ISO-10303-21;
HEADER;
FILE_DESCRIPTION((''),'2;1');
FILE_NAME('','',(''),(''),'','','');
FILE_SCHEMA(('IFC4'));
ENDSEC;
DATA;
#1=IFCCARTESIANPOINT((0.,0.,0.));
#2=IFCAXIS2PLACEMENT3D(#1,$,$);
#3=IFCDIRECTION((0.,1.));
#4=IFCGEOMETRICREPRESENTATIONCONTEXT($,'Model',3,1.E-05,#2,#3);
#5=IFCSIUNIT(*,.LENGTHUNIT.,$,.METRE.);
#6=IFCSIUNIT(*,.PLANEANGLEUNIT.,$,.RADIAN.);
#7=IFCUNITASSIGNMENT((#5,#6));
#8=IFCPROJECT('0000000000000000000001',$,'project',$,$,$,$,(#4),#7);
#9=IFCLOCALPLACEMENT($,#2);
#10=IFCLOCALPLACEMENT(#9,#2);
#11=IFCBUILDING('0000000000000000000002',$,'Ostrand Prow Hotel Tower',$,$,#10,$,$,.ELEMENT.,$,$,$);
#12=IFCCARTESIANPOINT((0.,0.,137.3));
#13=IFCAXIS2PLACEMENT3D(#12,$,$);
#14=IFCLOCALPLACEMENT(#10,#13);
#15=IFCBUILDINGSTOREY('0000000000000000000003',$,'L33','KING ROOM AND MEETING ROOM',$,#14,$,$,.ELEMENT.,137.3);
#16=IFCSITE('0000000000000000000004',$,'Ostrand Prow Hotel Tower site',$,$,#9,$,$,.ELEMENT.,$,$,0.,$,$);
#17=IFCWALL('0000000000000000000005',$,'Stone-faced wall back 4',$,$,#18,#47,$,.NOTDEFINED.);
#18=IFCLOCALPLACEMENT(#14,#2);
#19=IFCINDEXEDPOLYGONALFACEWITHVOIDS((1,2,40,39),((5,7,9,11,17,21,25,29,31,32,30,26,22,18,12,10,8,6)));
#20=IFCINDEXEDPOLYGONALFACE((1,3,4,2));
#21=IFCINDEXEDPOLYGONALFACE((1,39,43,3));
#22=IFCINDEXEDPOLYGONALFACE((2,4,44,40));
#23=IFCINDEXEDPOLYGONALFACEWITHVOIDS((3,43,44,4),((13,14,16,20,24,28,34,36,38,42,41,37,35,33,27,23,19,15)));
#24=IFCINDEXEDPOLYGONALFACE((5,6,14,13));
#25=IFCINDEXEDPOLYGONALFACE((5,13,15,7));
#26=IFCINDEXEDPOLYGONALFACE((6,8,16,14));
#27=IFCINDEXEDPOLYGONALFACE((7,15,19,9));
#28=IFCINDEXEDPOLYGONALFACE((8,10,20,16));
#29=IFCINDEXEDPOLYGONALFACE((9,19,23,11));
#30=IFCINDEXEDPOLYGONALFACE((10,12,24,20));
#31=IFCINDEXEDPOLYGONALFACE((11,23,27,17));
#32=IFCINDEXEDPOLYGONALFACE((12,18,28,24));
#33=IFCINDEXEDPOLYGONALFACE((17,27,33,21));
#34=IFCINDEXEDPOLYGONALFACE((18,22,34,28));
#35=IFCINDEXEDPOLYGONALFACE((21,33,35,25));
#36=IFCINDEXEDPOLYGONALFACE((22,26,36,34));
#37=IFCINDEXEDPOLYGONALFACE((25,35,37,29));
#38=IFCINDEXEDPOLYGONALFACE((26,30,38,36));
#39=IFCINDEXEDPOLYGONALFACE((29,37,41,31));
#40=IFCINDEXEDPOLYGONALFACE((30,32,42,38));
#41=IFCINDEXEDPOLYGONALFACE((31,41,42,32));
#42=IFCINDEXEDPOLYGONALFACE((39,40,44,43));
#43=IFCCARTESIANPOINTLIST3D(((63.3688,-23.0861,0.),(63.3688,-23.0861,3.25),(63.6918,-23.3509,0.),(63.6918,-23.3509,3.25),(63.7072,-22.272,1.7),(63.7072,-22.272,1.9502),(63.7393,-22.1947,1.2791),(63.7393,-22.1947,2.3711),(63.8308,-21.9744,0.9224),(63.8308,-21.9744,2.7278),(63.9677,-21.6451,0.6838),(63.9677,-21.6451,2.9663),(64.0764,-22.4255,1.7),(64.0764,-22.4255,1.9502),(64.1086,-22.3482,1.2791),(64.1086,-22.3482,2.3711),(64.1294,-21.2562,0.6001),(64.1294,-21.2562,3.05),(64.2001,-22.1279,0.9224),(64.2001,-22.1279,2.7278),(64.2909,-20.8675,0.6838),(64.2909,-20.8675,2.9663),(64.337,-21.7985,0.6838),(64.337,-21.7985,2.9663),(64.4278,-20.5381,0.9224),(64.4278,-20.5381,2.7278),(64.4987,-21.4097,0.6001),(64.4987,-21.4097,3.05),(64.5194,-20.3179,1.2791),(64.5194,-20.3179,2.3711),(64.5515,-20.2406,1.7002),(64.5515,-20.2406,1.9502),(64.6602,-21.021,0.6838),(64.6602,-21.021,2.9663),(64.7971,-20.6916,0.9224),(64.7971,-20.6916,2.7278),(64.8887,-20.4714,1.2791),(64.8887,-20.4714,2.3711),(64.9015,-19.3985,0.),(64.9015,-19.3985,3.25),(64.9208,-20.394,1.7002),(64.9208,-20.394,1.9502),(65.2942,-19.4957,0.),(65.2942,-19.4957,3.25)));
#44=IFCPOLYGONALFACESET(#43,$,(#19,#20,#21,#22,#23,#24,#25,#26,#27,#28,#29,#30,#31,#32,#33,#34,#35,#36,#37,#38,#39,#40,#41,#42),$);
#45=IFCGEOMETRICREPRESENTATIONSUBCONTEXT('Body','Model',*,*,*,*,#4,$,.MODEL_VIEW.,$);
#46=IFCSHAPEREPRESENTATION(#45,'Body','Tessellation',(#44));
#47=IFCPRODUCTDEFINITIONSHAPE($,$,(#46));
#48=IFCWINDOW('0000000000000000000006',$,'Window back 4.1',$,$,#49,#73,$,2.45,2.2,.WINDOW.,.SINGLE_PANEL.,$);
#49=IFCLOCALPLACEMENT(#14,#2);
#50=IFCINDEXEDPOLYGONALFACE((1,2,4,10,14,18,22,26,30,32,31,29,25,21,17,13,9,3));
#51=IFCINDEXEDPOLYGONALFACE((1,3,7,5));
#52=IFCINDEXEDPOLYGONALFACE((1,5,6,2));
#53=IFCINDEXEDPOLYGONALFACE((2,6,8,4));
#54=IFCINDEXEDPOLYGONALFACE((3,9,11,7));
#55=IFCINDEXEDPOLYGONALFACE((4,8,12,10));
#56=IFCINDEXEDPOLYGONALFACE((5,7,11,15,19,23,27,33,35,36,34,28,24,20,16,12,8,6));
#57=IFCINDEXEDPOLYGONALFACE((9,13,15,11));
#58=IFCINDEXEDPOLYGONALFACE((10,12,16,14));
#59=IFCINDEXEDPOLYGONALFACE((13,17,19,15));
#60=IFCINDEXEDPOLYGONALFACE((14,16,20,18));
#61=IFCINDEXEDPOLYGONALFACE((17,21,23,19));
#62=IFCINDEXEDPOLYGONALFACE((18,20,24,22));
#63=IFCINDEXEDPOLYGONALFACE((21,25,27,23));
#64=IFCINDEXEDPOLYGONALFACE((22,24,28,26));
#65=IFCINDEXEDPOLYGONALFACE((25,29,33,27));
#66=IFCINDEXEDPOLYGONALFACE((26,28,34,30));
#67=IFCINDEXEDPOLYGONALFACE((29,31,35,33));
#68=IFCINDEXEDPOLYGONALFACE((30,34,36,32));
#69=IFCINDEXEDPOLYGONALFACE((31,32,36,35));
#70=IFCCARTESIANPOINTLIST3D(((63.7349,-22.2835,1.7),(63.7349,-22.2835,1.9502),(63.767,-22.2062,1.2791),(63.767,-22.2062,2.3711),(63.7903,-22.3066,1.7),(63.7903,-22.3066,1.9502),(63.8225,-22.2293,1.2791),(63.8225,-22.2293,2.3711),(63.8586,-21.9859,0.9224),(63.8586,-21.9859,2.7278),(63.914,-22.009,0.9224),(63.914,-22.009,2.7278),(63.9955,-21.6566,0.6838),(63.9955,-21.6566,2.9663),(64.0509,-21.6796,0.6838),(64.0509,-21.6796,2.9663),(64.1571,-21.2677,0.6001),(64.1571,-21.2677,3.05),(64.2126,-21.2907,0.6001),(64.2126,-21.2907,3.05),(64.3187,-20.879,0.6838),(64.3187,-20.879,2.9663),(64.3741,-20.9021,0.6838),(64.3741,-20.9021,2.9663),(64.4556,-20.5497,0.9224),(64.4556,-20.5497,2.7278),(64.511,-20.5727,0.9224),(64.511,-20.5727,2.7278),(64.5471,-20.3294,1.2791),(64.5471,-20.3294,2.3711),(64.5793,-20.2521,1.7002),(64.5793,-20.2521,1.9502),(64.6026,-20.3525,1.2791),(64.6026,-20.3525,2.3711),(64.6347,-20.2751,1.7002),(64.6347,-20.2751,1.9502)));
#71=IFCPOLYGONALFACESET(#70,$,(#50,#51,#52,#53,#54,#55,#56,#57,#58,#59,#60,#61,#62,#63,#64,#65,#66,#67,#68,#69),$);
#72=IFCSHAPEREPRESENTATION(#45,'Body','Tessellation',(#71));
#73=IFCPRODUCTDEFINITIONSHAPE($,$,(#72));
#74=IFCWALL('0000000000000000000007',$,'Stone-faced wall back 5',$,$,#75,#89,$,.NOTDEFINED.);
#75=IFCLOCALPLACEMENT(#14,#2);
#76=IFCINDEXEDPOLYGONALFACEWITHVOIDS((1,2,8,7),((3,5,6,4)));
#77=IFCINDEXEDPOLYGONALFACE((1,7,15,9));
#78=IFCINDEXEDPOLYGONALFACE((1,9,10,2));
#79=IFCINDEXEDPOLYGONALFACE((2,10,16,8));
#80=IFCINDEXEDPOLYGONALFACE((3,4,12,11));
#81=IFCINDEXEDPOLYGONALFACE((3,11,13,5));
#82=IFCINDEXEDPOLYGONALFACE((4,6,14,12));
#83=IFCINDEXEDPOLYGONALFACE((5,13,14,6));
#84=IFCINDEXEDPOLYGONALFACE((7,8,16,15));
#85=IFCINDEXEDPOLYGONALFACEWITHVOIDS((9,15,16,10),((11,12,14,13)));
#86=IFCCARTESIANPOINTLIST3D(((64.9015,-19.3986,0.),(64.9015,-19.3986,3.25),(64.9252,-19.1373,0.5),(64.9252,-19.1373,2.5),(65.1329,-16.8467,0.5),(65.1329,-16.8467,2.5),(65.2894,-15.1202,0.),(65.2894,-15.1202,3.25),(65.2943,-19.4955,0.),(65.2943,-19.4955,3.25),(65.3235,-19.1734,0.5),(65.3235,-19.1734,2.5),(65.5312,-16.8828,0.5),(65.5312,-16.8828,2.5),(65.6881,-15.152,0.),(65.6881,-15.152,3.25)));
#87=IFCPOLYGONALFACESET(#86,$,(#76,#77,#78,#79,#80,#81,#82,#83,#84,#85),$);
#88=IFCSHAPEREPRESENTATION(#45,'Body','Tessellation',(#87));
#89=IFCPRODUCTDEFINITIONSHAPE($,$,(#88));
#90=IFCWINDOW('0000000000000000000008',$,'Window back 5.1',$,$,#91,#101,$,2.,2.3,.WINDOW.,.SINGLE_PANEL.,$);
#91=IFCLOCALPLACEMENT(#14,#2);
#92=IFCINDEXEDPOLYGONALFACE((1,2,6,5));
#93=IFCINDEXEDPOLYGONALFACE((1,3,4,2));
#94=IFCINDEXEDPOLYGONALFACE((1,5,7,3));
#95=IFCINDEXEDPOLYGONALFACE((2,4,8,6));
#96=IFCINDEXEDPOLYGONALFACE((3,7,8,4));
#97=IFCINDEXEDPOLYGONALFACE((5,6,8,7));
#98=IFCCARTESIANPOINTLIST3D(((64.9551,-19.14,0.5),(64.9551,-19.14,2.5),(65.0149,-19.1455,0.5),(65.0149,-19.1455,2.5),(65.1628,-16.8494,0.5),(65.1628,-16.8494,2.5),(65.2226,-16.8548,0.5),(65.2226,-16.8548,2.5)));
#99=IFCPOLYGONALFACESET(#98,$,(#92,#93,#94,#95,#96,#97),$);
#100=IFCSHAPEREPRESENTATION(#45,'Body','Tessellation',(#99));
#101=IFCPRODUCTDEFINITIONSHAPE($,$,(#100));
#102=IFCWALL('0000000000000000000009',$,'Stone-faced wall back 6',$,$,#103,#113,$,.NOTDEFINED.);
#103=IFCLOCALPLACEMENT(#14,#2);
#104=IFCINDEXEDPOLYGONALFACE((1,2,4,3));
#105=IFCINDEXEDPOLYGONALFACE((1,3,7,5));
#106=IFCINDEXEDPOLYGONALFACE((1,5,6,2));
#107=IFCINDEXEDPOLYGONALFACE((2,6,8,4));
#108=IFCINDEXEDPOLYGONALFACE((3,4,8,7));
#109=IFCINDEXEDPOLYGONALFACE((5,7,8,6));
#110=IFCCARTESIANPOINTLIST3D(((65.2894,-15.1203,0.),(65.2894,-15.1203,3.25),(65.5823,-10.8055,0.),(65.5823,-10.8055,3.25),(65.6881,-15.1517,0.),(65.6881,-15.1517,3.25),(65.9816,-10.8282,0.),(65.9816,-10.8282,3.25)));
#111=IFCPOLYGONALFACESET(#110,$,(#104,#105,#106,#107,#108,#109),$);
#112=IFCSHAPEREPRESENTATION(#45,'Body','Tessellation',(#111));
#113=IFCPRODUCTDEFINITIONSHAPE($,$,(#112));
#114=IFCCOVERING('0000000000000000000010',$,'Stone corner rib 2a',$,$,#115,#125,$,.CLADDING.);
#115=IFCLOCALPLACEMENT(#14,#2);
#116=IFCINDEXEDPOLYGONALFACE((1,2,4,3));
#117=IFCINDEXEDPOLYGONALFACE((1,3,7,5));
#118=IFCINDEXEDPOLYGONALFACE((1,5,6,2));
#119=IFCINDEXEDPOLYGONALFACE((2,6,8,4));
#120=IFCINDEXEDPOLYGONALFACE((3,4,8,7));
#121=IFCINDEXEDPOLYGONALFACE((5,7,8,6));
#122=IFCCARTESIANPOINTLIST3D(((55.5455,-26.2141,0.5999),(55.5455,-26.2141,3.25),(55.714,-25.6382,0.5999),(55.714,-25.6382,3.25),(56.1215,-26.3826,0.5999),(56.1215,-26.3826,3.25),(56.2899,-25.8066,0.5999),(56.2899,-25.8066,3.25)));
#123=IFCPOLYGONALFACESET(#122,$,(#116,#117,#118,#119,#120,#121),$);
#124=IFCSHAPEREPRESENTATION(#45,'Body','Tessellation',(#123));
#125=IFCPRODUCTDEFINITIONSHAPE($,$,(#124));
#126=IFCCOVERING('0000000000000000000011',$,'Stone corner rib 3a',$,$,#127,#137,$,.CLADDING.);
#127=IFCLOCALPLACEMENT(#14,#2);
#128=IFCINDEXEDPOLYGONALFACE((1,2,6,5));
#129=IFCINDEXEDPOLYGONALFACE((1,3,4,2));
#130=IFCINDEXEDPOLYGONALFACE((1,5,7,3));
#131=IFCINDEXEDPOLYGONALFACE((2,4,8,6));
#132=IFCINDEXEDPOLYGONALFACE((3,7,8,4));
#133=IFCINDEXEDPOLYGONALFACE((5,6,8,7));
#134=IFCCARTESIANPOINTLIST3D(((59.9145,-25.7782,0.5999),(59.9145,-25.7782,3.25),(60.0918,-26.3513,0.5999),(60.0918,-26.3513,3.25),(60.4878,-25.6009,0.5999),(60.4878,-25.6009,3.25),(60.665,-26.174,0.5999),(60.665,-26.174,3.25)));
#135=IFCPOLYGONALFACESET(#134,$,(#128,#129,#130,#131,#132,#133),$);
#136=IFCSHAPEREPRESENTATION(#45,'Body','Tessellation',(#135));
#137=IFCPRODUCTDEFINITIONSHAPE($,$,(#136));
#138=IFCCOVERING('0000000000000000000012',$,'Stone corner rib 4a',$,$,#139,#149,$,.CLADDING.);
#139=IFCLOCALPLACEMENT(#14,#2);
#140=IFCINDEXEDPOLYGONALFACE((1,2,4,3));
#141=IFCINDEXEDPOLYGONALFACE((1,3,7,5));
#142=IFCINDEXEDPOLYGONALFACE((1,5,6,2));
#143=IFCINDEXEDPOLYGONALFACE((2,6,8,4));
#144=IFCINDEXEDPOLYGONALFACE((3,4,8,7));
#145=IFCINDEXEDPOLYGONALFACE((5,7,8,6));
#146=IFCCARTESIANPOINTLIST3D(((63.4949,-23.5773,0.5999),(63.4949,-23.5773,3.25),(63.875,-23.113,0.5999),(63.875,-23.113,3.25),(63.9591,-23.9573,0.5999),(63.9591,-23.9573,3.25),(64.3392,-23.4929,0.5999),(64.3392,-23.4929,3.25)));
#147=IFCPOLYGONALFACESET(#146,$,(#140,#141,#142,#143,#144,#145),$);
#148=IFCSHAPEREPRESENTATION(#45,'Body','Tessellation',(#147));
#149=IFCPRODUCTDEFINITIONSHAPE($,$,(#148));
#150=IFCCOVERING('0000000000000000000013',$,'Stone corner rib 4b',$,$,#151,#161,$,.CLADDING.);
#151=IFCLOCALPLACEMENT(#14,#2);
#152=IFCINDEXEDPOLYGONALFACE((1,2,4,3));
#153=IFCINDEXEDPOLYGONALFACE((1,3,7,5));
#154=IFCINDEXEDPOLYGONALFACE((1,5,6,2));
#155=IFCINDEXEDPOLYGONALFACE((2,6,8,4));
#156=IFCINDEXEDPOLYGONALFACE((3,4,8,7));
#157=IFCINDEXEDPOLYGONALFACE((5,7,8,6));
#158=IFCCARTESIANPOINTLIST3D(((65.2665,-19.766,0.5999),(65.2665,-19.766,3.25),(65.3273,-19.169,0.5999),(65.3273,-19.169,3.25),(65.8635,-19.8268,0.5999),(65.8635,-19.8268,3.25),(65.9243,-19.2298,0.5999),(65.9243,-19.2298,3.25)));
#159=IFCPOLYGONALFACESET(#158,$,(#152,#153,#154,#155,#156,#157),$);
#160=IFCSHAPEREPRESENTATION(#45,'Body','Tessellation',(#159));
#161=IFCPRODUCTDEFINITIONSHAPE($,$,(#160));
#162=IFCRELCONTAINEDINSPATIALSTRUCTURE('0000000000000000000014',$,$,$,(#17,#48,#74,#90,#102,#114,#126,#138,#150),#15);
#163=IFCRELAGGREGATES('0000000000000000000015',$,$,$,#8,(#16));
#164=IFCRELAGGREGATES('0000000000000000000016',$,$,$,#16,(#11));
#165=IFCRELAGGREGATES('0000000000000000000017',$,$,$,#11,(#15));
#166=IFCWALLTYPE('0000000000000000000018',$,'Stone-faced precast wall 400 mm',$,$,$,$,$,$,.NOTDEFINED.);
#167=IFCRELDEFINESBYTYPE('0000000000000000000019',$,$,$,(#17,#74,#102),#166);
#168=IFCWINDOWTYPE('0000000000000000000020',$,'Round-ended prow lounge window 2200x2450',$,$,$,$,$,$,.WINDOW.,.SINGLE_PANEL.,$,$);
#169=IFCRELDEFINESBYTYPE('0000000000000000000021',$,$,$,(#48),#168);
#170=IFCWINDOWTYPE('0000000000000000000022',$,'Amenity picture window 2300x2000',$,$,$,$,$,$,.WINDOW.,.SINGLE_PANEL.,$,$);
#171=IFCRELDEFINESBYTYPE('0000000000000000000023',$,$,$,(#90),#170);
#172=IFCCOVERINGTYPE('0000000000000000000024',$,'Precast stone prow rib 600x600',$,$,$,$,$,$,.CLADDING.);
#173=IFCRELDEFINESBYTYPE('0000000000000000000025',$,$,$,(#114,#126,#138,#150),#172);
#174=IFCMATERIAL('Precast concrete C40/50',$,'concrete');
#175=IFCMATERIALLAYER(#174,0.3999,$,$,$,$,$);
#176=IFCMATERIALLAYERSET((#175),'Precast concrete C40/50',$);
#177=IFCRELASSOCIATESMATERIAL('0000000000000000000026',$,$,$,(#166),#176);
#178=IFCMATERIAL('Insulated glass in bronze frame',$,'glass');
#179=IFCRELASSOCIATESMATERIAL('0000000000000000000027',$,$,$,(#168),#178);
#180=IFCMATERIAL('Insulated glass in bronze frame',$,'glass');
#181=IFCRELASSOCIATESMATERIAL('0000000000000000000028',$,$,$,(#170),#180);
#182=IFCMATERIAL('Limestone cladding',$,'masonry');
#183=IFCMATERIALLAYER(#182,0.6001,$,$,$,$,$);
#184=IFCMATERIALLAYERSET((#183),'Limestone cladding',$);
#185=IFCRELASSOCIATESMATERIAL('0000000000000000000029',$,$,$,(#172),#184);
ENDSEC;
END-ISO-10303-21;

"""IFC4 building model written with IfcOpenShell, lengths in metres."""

from ifc_helpers import new_model, si_unit, direction, frame, frame_2d, origin, place, context, subcontext, project, spatial, polyline, rectangle, outline, extrude, material, layer, layer_set, type_object, element, fill, save


model = new_model("IFC4")

# Units and contexts
model_context = context("Model", 3, precision=1e-05, world=origin(), true_north=direction((0.0, 1.0)))
body_context = subcontext(model_context, "Body", "Model", "MODEL_VIEW")
ifc_project = project(units=[si_unit("LENGTHUNIT", "METRE"), si_unit("PLANEANGLEUNIT", "RADIAN")], contexts=[model_context])

# Site, building, storey
site_placement = place(None, origin())
site = spatial("IfcSite", under=ifc_project, at=site_placement, Name="Ostrand Prow Hotel Tower site", CompositionType="ELEMENT", RefElevation=0.0)
building_placement = place(site_placement, origin())
building = spatial("IfcBuilding", under=site, at=building_placement, Name="Ostrand Prow Hotel Tower", CompositionType="ELEMENT")
storey_placement = place(building_placement, frame((0.0, 0.0, 137.3)))
storey = spatial("IfcBuildingStorey", under=building, at=storey_placement, Name="L33", Description="KING ROOM AND MEETING ROOM", CompositionType="ELEMENT", Elevation=137.3)

# Walls, openings, windows
ifc_material_1 = material(Name="Precast concrete C40/50", Category="concrete")
ifc_layer_1 = layer(ifc_material_1, 0.3999)
ifc_layer_set_1 = layer_set([ifc_layer_1], Name="Precast concrete C40/50")
wall_type_1 = type_object("IfcWallType", Name="Stone-faced precast wall 400 mm", PredefinedType="NOTDEFINED", material=ifc_layer_set_1)
ifc_material_2 = material(Name="Insulated glass in bronze frame", Category="glass")
window_type_1 = type_object("IfcWindowType", Name="Round-ended prow lounge window 2200x2450", PartitioningType="SINGLE_PANEL", PredefinedType="WINDOW", material=ifc_material_2)
wall_1_placement = place(storey_placement, frame((63.5303, -23.2185, 0.0), z_axis=(0.0, 0.0, 1.0), x_axis=(0.383817, 0.923409, 0.0)))
wall_1 = element("IfcWall", 1, at=wall_1_placement, inside=storey, type_object=wall_type_1, Name="Stone-faced wall back 4", PredefinedType="NOTDEFINED", context=body_context, shape_type="SweptSolid", body=[
    extrude(outline(polyline([(-0.0603, -0.2), (4.1147, -0.2), (4.0537, 0.2), (0.0603, 0.2), (-0.0603, -0.2)])), origin(), (0.0, 0.0, 1.0), 3.25),
])
opening_1_placement = place(wall_1_placement, frame((0.9419, 0.0, 0.6001)))
opening_1 = element("IfcOpeningElement", 2, at=opening_1_placement, cuts=wall_1, PredefinedType="OPENING", context=body_context, shape_type="SweptSolid", body=[
    extrude(outline(polyline([(0.0, 1.3501), (0.0837, 1.771), (0.3223, 2.1277), (0.679, 2.3662), (1.1001, 2.45), (1.521, 2.3662), (1.8777, 2.1277), (2.1162, 1.771), (2.2, 1.3501), (2.2, 1.1001), (2.1162, 0.679), (1.8777, 0.3223), (1.521, 0.0837), (1.1001, 0.0), (0.679, 0.0837), (0.3223, 0.3223), (0.0837, 0.679), (0.0, 1.0999), (0.0, 1.3501)])), frame((0.0, 0.21, 0.0), z_axis=(0.0, -1.0, 0.0), x_axis=(1.0, 0.0, 0.0)), (0.0, 0.0, 1.0), 0.4199),
])
window_1_placement = place(opening_1_placement, origin())
window_1 = element("IfcWindow", 3, at=window_1_placement, inside=storey, type_object=window_type_1, Name="Window back 4.1", OverallHeight=2.45, OverallWidth=2.2, PartitioningType="SINGLE_PANEL", PredefinedType="WINDOW", context=body_context, shape_type="SweptSolid", body=[
    extrude(outline(polyline([(0.0, 1.3501), (0.0837, 1.771), (0.3223, 2.1277), (0.679, 2.3662), (1.1001, 2.45), (1.521, 2.3662), (1.8777, 2.1277), (2.1162, 1.771), (2.2, 1.3501), (2.2, 1.1001), (2.1162, 0.679), (1.8777, 0.3223), (1.521, 0.0837), (1.1001, 0.0), (0.679, 0.0837), (0.3223, 0.3223), (0.0837, 0.679), (0.0, 1.0999), (0.0, 1.3501)])), frame((0.0, 0.1699, 0.0), z_axis=(0.0, -1.0, 0.0), x_axis=(1.0, 0.0, 0.0)), (0.0, 0.0, 1.0), 0.0601),
])
fill(opening_1, window_1)
wall_2_placement = place(storey_placement, frame((65.0979, -19.447, 0.0), z_axis=(0.0, 0.0, 1.0), x_axis=(0.090297, 0.995915, 0.0)))
wall_2 = element("IfcWall", 4, at=wall_2_placement, inside=storey, type_object=wall_type_1, Name="Stone-faced wall back 5", PredefinedType="NOTDEFINED", context=body_context, shape_type="SweptSolid", body=[
    extrude(outline(polyline([(-0.0305, -0.2), (4.3308, -0.2), (4.3264, 0.2), (0.0305, 0.2), (-0.0305, -0.2)])), origin(), (0.0, 0.0, 1.0), 3.25),
])
opening_2_placement = place(wall_2_placement, frame((0.293, 0.0, 0.5)))
opening_2 = element("IfcOpeningElement", 5, at=opening_2_placement, cuts=wall_2, PredefinedType="OPENING", context=body_context, shape_type="SweptSolid", body=[
    extrude(rectangle(XDim=2.3, YDim=2.0, at=frame_2d((1.1499, 1.0))), frame((0.0, 0.21, 0.0), z_axis=(0.0, -1.0, 0.0), x_axis=(1.0, 0.0, 0.0)), (0.0, 0.0, 1.0), 0.4199),
])
ifc_material_3 = material(Name="Insulated glass in bronze frame", Category="glass")
window_type_2 = type_object("IfcWindowType", Name="Amenity picture window 2300x2000", PartitioningType="SINGLE_PANEL", PredefinedType="WINDOW", material=ifc_material_3)
window_2_placement = place(opening_2_placement, origin())
window_2 = element("IfcWindow", 6, at=window_2_placement, inside=storey, type_object=window_type_2, Name="Window back 5.1", OverallHeight=2.0, OverallWidth=2.3, PartitioningType="SINGLE_PANEL", PredefinedType="WINDOW", context=body_context, shape_type="SweptSolid", body=[
    extrude(rectangle(XDim=2.3, YDim=2.0, at=frame_2d((1.1499, 1.0))), frame((0.0, 0.1699, 0.0), z_axis=(0.0, -1.0, 0.0), x_axis=(1.0, 0.0, 0.0)), (0.0, 0.0, 1.0), 0.0601),
])
fill(opening_2, window_2)

# Wall
wall_3_placement = place(storey_placement, frame((65.4888, -15.136, 0.0), z_axis=(0.0, 0.0, 1.0), x_axis=(0.067732, 0.997704, 0.0)))
element("IfcWall", 7, at=wall_3_placement, inside=storey, type_object=wall_type_1, Name="Stone-faced wall back 6", PredefinedType="NOTDEFINED", context=body_context, shape_type="SweptSolid", body=[
    extrude(outline(polyline([(-0.0022, -0.2), (4.3313, -0.2), (4.3269, 0.2), (0.0022, 0.2), (-0.0022, -0.2)])), origin(), (0.0, 0.0, 1.0), 3.25),
])

# Coverings
ifc_material_4 = material(Name="Limestone cladding", Category="masonry")
ifc_layer_2 = layer(ifc_material_4, 0.6001)
ifc_layer_set_2 = layer_set([ifc_layer_2], Name="Limestone cladding")
covering_type = type_object("IfcCoveringType", Name="Precast stone prow rib 600x600", PredefinedType="CLADDING", material=ifc_layer_set_2)
covering_1_placement = place(storey_placement, frame((56.002, -25.7224, 0.5999), z_axis=(0.0, 0.0, 1.0), x_axis=(-0.280734, -0.959786, 0.0)))
element("IfcCovering", 8, at=covering_1_placement, inside=storey, type_object=covering_type, Name="Stone corner rib 2a", PredefinedType="CLADDING", context=body_context, shape_type="SweptSolid", body=[
    extrude(rectangle(XDim=0.6001, YDim=0.6001, at=frame_2d((0.3, 0.0))), origin(), (0.0, 0.0, 1.0), 2.6501),
])
for number, where, z_axis, x_axis, name in (
    (9, (60.2012, -25.6897, 0.5999), (0.0, 0.0, 1.0), (0.295516, -0.955338, 0.0), "Stone corner rib 3a"),
    (10, (63.6851, -23.3452, 0.5999), (0.0, 0.0, 1.0), (0.77383, -0.633393, 0.0), "Stone corner rib 4a"),
):
    element("IfcCovering", number, at=place(storey_placement, frame(where, z_axis=z_axis, x_axis=x_axis)), inside=storey, type_object=covering_type, Name=name, PredefinedType="CLADDING", context=body_context, shape_type="SweptSolid", body=[
        extrude(rectangle(XDim=0.5999, YDim=0.6001, at=frame_2d((0.2998, 0.0))), origin(), (0.0, 0.0, 1.0), 2.6501),
    ])
covering_2_placement = place(storey_placement, frame((65.2969, -19.4675, 0.5999), z_axis=(0.0, 0.0, 1.0), x_axis=(0.994854, -0.101316, 0.0)))
element("IfcCovering", 11, at=covering_2_placement, inside=storey, type_object=covering_type, Name="Stone corner rib 4b", PredefinedType="CLADDING", context=body_context, shape_type="SweptSolid", body=[
    extrude(rectangle(XDim=0.6001, YDim=0.6001, at=frame_2d((0.3, 0.0))), origin(), (0.0, 0.0, 1.0), 2.6501),
])

save(model, "model.ifc")
